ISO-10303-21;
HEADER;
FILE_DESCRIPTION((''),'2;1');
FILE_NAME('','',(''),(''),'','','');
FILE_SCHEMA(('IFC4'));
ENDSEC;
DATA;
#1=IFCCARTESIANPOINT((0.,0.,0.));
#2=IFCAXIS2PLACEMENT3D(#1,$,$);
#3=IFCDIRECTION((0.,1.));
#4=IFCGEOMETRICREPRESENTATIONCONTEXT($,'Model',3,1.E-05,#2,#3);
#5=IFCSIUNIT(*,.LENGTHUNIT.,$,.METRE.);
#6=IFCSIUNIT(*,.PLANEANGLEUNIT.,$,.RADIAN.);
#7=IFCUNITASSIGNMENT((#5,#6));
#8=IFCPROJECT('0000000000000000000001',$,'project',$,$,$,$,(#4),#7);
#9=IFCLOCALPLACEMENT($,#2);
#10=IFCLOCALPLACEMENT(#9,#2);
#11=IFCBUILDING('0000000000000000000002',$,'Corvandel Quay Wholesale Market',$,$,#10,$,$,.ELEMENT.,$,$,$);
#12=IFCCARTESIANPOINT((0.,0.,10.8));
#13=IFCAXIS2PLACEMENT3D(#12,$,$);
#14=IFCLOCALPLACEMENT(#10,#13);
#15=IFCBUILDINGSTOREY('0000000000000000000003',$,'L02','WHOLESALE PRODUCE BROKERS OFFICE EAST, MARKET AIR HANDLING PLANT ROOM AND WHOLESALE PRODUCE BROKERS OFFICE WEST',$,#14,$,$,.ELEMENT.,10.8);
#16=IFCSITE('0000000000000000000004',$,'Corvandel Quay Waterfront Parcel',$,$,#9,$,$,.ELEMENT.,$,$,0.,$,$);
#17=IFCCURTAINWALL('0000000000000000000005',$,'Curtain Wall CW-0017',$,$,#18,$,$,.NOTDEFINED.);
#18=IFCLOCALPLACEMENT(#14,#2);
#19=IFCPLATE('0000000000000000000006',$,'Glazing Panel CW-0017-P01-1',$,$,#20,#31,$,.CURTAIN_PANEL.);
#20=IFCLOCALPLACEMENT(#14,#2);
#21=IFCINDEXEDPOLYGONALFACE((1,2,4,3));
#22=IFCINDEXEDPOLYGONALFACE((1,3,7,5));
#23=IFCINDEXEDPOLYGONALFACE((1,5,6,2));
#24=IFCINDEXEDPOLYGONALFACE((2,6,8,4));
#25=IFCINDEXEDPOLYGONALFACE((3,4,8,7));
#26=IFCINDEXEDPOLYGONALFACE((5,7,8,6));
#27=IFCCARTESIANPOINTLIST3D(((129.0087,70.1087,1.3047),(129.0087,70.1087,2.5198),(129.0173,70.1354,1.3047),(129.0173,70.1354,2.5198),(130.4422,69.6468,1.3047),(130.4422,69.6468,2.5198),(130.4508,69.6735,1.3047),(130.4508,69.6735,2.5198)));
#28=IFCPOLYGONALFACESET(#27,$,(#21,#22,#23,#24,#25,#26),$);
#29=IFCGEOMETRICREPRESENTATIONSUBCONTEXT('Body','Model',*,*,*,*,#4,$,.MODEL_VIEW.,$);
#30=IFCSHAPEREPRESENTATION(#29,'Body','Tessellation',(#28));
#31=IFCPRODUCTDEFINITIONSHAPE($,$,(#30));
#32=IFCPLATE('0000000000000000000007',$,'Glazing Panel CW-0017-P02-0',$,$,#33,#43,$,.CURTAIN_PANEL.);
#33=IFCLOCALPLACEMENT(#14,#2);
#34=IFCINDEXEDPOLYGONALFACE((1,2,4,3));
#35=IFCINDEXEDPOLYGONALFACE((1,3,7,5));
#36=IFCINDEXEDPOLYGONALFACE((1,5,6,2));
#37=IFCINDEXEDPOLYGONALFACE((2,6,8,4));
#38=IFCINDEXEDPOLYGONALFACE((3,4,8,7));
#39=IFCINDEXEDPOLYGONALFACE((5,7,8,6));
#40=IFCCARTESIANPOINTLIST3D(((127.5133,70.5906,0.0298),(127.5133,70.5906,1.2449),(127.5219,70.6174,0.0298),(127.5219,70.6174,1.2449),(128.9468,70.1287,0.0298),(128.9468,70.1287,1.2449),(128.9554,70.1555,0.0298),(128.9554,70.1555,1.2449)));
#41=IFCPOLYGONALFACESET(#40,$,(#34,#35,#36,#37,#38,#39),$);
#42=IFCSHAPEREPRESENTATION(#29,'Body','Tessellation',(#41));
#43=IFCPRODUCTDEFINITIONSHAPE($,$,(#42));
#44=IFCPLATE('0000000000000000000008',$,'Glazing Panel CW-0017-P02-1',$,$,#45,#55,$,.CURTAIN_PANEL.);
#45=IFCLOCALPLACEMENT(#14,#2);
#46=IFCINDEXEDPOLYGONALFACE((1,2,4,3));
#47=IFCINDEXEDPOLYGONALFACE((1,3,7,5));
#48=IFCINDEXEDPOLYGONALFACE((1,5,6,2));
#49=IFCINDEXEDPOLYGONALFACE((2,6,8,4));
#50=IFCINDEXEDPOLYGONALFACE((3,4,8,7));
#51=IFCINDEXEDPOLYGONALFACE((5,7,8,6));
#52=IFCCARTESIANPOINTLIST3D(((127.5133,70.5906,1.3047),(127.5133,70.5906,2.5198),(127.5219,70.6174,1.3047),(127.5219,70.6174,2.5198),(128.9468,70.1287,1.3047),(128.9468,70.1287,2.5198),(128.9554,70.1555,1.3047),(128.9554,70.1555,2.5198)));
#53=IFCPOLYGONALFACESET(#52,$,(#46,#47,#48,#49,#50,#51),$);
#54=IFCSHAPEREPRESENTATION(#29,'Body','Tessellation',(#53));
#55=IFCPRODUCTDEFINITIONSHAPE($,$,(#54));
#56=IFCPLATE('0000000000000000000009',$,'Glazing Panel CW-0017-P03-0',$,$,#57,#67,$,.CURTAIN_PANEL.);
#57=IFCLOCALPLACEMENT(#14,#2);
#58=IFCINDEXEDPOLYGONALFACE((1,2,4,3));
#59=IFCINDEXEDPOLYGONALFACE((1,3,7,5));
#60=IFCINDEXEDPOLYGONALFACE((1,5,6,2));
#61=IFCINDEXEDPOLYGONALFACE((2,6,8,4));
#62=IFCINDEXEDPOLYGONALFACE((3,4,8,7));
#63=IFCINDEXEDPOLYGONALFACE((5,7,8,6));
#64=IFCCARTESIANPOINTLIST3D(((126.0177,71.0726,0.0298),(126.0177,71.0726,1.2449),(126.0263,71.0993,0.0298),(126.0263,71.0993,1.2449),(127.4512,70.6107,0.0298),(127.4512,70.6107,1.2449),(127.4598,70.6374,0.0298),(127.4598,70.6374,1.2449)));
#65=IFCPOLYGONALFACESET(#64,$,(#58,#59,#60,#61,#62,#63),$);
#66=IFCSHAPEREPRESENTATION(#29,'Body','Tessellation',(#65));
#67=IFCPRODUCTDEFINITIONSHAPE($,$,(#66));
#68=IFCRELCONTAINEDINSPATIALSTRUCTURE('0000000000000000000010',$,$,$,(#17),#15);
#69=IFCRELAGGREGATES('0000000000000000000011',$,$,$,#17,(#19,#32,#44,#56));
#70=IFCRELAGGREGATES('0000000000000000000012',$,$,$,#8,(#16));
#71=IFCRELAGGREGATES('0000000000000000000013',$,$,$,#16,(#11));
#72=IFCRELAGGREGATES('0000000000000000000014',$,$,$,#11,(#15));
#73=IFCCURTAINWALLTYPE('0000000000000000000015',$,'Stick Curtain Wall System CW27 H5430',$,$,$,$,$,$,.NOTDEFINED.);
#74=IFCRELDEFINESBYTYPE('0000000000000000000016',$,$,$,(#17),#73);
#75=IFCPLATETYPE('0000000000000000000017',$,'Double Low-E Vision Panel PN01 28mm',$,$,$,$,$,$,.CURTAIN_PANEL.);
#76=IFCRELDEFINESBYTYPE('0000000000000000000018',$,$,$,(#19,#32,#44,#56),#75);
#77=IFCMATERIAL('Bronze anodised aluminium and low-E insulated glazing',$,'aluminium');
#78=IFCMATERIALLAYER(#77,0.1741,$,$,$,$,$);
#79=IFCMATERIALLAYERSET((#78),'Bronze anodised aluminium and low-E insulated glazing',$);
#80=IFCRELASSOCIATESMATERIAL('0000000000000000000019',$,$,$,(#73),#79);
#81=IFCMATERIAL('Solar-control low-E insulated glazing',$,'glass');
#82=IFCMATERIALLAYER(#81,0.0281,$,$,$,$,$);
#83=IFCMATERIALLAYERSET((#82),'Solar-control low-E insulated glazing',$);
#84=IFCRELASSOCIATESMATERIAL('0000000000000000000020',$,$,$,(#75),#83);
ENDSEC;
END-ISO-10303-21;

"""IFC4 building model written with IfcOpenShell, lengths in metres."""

from ifc_helpers import new_model, si_unit, direction, frame, origin, origin_2d, place, context, subcontext, project, spatial, rectangle, extrude, material, layer, layer_set, type_object, element, aggregate, save


model = new_model("IFC4")

# Units and contexts
model_context = context("Model", 3, precision=1e-05, world=origin(), true_north=direction((0.0, 1.0)))
body_context = subcontext(model_context, "Body", "Model", "MODEL_VIEW")
ifc_project = project(units=[si_unit("LENGTHUNIT", "METRE"), si_unit("PLANEANGLEUNIT", "RADIAN")], contexts=[model_context])

# Site, building, storey
site_placement = place(None, origin())
site = spatial("IfcSite", under=ifc_project, at=site_placement, Name="Corvandel Quay Waterfront Parcel", CompositionType="ELEMENT", RefElevation=0.0)
building_placement = place(site_placement, origin())
building = spatial("IfcBuilding", under=site, at=building_placement, Name="Corvandel Quay Wholesale Market", CompositionType="ELEMENT")
storey_placement = place(building_placement, frame((0.0, 0.0, 10.8)))
storey = spatial("IfcBuildingStorey", under=building, at=storey_placement, Name="L02", Description="WHOLESALE PRODUCE BROKERS OFFICE EAST, MARKET AIR HANDLING PLANT ROOM AND WHOLESALE PRODUCE BROKERS OFFICE WEST", CompositionType="ELEMENT", Elevation=10.8)

# Shared definitions
ifc_material_1 = material(Name="Bronze anodised aluminium and low-E insulated glazing", Category="aluminium")

# Curtain wall
ifc_layer_1 = layer(ifc_material_1, 0.1741)
ifc_layer_set_1 = layer_set([ifc_layer_1], Name="Bronze anodised aluminium and low-E insulated glazing")
curtain_wall_type_1 = type_object("IfcCurtainWallType", Name="Stick Curtain Wall System CW27 H5430", PredefinedType="NOTDEFINED", material=ifc_layer_set_1)
curtain_wall_1_placement = place(storey_placement, origin())
curtain_wall_1 = element("IfcCurtainWall", 1, at=curtain_wall_1_placement, inside=storey, type_object=curtain_wall_type_1, Name="Curtain Wall CW-0017", PredefinedType="NOTDEFINED")

# Plates
ifc_material_2 = material(Name="Solar-control low-E insulated glazing", Category="glass")
ifc_layer_2 = layer(ifc_material_2, 0.0281)
ifc_layer_set_2 = layer_set([ifc_layer_2], Name="Solar-control low-E insulated glazing")
plate_type = type_object("IfcPlateType", Name="Double Low-E Vision Panel PN01 28mm", PredefinedType="CURTAIN_PANEL", material=ifc_layer_set_2)
plate_1_placement = place(storey_placement, frame((129.7297, 69.8911, 1.3047), z_axis=(0.0, 0.0, 1.0), x_axis=(-0.951809, 0.306692, 0.0)))
plate_1 = element("IfcPlate", 2, at=plate_1_placement, type_object=plate_type, Name="Glazing Panel CW-0017-P01-1", PredefinedType="CURTAIN_PANEL", context=body_context, shape_type="SweptSolid", body=[
    extrude(rectangle(XDim=1.5061, YDim=0.0281, at=origin_2d()), origin(), (0.0, 0.0, 1.0), 1.2151),
])
plate_2_placement = place(storey_placement, frame((128.2344, 70.373, 0.0298), z_axis=(0.0, 0.0, 1.0), x_axis=(-0.951809, 0.306692, 0.0)))
plate_2 = element("IfcPlate", 3, at=plate_2_placement, type_object=plate_type, Name="Glazing Panel CW-0017-P02-0", PredefinedType="CURTAIN_PANEL", context=body_context, shape_type="SweptSolid", body=[
    extrude(rectangle(XDim=1.5061, YDim=0.0281, at=origin_2d()), origin(), (0.0, 0.0, 1.0), 1.2151),
])
plate_3_placement = place(storey_placement, frame((128.2344, 70.373, 1.3047), z_axis=(0.0, 0.0, 1.0), x_axis=(-0.951809, 0.306692, 0.0)))
plate_3 = element("IfcPlate", 4, at=plate_3_placement, type_object=plate_type, Name="Glazing Panel CW-0017-P02-1", PredefinedType="CURTAIN_PANEL", context=body_context, shape_type="SweptSolid", body=[
    extrude(rectangle(XDim=1.5061, YDim=0.0281, at=origin_2d()), origin(), (0.0, 0.0, 1.0), 1.2151),
])
plate_4_placement = place(storey_placement, frame((126.7388, 70.855, 0.0298), z_axis=(0.0, 0.0, 1.0), x_axis=(-0.951809, 0.306692, 0.0)))
plate_4 = element("IfcPlate", 5, at=plate_4_placement, type_object=plate_type, Name="Glazing Panel CW-0017-P03-0", PredefinedType="CURTAIN_PANEL", context=body_context, shape_type="SweptSolid", body=[
    extrude(rectangle(XDim=1.5061, YDim=0.0281, at=origin_2d()), origin(), (0.0, 0.0, 1.0), 1.2151),
])
aggregate(curtain_wall_1, [plate_1, plate_2, plate_3, plate_4])

save(model, "model.ifc")
